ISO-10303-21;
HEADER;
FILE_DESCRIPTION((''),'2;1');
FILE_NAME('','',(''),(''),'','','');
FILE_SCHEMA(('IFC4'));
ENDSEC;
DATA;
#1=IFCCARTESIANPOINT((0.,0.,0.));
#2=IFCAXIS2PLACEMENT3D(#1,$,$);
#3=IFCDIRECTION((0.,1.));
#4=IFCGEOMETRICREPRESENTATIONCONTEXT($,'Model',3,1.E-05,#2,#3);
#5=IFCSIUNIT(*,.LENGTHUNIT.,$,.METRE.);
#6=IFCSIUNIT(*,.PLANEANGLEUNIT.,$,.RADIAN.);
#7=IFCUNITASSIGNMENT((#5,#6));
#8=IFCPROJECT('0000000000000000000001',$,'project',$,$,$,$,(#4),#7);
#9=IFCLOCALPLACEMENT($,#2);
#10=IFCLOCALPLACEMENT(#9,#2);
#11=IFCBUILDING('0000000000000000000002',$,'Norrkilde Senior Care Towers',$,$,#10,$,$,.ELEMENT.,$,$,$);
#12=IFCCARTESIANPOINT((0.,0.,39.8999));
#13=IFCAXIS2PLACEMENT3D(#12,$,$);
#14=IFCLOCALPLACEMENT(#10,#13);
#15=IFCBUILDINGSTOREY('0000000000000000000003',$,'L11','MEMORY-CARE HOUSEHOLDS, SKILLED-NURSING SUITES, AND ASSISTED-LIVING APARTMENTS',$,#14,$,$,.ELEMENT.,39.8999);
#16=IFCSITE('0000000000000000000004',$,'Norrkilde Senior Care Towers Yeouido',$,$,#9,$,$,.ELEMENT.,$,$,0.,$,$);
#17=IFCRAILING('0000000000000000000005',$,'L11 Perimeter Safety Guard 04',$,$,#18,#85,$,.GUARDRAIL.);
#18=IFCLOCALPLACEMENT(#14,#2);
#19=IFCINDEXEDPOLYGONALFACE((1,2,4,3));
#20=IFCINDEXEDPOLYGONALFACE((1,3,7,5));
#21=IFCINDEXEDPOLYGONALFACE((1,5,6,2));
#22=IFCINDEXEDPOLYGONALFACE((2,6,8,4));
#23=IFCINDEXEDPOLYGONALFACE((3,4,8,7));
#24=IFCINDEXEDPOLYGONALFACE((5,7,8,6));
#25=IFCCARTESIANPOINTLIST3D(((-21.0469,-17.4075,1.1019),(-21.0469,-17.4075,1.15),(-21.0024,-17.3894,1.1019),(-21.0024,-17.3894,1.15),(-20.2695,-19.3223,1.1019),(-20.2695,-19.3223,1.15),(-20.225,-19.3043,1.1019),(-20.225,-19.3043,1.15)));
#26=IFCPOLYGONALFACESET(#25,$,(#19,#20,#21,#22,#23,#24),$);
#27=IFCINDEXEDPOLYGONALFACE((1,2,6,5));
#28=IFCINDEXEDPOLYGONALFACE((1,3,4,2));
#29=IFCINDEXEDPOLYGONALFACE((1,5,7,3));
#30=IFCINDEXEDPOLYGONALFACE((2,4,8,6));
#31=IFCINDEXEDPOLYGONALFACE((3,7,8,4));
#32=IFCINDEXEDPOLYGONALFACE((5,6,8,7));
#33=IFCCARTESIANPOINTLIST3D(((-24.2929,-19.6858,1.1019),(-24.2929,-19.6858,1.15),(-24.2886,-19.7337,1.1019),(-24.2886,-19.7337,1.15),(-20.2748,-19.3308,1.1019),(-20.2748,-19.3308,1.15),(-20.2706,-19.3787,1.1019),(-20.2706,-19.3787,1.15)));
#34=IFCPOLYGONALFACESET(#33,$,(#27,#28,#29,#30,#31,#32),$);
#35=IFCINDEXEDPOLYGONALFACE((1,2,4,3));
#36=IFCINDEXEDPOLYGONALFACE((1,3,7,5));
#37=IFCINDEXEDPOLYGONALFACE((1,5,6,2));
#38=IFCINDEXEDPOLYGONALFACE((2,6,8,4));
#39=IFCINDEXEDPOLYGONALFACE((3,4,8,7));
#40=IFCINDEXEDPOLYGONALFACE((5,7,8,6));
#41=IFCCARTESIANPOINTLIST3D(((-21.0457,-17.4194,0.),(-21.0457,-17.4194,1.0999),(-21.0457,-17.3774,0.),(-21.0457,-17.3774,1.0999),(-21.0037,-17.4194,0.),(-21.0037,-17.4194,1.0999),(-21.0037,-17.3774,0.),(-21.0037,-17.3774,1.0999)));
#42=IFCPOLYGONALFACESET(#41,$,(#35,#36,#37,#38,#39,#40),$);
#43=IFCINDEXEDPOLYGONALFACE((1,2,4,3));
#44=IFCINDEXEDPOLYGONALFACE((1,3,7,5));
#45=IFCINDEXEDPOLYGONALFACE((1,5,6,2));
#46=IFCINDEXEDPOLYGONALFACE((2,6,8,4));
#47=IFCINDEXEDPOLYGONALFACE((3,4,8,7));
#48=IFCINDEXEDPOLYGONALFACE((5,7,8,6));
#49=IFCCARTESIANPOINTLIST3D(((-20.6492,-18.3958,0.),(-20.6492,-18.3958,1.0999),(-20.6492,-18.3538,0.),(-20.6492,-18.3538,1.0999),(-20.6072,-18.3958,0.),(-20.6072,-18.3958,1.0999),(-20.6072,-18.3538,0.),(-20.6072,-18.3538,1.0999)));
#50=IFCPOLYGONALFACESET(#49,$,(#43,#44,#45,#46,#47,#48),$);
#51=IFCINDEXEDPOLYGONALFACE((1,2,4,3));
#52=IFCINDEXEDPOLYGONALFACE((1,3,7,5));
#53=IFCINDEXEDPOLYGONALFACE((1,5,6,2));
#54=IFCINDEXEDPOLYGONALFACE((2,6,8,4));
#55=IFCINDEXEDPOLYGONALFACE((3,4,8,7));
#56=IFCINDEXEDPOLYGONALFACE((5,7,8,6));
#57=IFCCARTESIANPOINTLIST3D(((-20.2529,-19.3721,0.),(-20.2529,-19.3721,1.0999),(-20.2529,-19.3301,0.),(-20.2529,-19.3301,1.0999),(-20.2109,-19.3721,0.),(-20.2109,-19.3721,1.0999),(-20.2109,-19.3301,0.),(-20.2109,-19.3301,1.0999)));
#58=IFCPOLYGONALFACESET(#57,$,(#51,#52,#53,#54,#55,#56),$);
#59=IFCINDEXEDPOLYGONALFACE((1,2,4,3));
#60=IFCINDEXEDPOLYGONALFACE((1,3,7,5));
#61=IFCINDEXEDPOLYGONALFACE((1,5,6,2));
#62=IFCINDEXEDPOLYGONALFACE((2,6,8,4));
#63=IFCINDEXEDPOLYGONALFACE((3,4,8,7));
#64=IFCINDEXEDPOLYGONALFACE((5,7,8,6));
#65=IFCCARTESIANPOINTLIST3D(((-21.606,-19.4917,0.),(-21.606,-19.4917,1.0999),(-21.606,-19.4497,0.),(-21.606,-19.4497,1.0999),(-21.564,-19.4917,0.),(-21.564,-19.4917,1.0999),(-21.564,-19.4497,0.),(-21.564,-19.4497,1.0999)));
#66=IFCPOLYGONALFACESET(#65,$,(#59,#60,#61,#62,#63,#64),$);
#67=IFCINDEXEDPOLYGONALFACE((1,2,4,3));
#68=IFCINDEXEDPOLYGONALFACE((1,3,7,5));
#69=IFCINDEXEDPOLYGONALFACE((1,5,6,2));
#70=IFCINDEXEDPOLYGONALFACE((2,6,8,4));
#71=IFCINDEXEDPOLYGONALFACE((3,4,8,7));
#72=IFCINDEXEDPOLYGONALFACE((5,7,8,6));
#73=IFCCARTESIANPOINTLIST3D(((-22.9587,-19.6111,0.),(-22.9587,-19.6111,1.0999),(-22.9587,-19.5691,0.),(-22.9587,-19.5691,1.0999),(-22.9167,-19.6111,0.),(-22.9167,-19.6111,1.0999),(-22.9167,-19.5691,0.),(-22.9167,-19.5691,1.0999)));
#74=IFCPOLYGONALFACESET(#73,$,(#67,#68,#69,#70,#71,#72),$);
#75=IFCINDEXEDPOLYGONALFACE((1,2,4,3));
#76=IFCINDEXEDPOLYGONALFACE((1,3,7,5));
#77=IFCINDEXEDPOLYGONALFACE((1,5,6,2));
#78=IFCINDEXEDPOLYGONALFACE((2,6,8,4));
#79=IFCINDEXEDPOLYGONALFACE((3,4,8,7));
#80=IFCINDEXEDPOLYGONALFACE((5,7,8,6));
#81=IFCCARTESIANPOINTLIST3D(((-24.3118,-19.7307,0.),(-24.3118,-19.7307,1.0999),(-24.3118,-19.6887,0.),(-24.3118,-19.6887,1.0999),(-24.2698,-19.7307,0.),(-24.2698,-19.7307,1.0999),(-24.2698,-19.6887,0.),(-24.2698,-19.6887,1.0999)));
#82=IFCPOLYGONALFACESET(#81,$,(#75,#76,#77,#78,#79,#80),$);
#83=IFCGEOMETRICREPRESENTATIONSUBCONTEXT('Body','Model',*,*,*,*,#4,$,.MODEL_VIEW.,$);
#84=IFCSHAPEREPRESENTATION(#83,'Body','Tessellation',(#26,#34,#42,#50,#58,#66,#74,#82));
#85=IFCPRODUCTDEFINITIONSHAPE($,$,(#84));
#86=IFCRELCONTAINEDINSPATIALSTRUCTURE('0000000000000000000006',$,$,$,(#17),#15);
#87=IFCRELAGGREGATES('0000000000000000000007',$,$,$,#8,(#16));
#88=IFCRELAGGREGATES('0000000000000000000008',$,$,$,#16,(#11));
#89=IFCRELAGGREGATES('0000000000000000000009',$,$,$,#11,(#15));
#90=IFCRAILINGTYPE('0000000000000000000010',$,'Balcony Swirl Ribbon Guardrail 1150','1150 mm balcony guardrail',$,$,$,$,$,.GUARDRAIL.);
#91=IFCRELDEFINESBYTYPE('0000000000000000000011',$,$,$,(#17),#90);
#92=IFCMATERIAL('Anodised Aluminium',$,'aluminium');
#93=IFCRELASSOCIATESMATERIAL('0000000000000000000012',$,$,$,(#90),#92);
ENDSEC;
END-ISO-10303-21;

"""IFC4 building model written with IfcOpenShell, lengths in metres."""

from ifc_helpers import new_model, si_unit, direction, frame, origin, origin_2d, place, context, subcontext, project, spatial, rectangle, extrude, material, type_object, element, save


model = new_model("IFC4")

# Units and contexts
model_context = context("Model", 3, precision=1e-05, world=origin(), true_north=direction((0.0, 1.0)))
body_context = subcontext(model_context, "Body", "Model", "MODEL_VIEW")
ifc_project = project(units=[si_unit("LENGTHUNIT", "METRE"), si_unit("PLANEANGLEUNIT", "RADIAN")], contexts=[model_context])

# Site, building, storey
site_placement = place(None, origin())
site = spatial("IfcSite", under=ifc_project, at=site_placement, Name="Norrkilde Senior Care Towers Yeouido", CompositionType="ELEMENT", RefElevation=0.0)
building_placement = place(site_placement, origin())
building = spatial("IfcBuilding", under=site, at=building_placement, Name="Norrkilde Senior Care Towers", CompositionType="ELEMENT")
storey_placement = place(building_placement, frame((0.0, 0.0, 39.8999)))
storey = spatial("IfcBuildingStorey", under=building, at=storey_placement, Name="L11", Description="MEMORY-CARE HOUSEHOLDS, SKILLED-NURSING SUITES, AND ASSISTED-LIVING APARTMENTS", CompositionType="ELEMENT", Elevation=39.8999)

# Shared definitions
ifc_material_1 = material(Name="Anodised Aluminium", Category="aluminium")

# Railing
railing_type = type_object("IfcRailingType", Name="Balcony Swirl Ribbon Guardrail 1150", Description="1150 mm balcony guardrail", PredefinedType="GUARDRAIL", material=ifc_material_1)
railing_1_placement = place(storey_placement, frame((-21.0247, -17.3984, 0.0)))
element("IfcRailing", 1, at=railing_1_placement, inside=storey, type_object=railing_type, Name="L11 Perimeter Safety Guard 04", PredefinedType="GUARDRAIL", context=body_context, shape_type="SweptSolid", body=[
    extrude(rectangle(XDim=0.0481, YDim=0.0481, at=origin_2d()), frame((0.0, 0.0, 1.126), z_axis=(0.37616, -0.926555, 0.0), x_axis=(0.926555, 0.37616, 0.0)), (0.0, 0.0, 1.0), 2.0667),
    extrude(rectangle(XDim=0.0481, YDim=0.0481, at=origin_2d()), frame((0.752, -1.9563, 1.126), z_axis=(-0.996119, -0.088018, 0.0), x_axis=(0.088018, -0.996119, 0.0)), (0.0, 0.0, 1.0), 4.0337),
    extrude(rectangle(XDim=0.042, YDim=0.042, at=origin_2d()), origin(), (0.0, 0.0, 1.0), 1.0999),
    extrude(rectangle(XDim=0.042, YDim=0.042, at=origin_2d()), frame((0.3965, -0.9763, 0.0)), (0.0, 0.0, 1.0), 1.0999),
    extrude(rectangle(XDim=0.042, YDim=0.042, at=origin_2d()), frame((0.7927, -1.9526, 0.0)), (0.0, 0.0, 1.0), 1.0999),
    extrude(rectangle(XDim=0.042, YDim=0.042, at=origin_2d()), frame((-0.5603, -2.0723, 0.0)), (0.0, 0.0, 1.0), 1.0999),
    extrude(rectangle(XDim=0.042, YDim=0.042, at=origin_2d()), frame((-1.9131, -2.1917, 0.0)), (0.0, 0.0, 1.0), 1.0999),
    extrude(rectangle(XDim=0.042, YDim=0.042, at=origin_2d()), frame((-3.2661, -2.3113, 0.0)), (0.0, 0.0, 1.0), 1.0999),
])

save(model, "model.ifc")
